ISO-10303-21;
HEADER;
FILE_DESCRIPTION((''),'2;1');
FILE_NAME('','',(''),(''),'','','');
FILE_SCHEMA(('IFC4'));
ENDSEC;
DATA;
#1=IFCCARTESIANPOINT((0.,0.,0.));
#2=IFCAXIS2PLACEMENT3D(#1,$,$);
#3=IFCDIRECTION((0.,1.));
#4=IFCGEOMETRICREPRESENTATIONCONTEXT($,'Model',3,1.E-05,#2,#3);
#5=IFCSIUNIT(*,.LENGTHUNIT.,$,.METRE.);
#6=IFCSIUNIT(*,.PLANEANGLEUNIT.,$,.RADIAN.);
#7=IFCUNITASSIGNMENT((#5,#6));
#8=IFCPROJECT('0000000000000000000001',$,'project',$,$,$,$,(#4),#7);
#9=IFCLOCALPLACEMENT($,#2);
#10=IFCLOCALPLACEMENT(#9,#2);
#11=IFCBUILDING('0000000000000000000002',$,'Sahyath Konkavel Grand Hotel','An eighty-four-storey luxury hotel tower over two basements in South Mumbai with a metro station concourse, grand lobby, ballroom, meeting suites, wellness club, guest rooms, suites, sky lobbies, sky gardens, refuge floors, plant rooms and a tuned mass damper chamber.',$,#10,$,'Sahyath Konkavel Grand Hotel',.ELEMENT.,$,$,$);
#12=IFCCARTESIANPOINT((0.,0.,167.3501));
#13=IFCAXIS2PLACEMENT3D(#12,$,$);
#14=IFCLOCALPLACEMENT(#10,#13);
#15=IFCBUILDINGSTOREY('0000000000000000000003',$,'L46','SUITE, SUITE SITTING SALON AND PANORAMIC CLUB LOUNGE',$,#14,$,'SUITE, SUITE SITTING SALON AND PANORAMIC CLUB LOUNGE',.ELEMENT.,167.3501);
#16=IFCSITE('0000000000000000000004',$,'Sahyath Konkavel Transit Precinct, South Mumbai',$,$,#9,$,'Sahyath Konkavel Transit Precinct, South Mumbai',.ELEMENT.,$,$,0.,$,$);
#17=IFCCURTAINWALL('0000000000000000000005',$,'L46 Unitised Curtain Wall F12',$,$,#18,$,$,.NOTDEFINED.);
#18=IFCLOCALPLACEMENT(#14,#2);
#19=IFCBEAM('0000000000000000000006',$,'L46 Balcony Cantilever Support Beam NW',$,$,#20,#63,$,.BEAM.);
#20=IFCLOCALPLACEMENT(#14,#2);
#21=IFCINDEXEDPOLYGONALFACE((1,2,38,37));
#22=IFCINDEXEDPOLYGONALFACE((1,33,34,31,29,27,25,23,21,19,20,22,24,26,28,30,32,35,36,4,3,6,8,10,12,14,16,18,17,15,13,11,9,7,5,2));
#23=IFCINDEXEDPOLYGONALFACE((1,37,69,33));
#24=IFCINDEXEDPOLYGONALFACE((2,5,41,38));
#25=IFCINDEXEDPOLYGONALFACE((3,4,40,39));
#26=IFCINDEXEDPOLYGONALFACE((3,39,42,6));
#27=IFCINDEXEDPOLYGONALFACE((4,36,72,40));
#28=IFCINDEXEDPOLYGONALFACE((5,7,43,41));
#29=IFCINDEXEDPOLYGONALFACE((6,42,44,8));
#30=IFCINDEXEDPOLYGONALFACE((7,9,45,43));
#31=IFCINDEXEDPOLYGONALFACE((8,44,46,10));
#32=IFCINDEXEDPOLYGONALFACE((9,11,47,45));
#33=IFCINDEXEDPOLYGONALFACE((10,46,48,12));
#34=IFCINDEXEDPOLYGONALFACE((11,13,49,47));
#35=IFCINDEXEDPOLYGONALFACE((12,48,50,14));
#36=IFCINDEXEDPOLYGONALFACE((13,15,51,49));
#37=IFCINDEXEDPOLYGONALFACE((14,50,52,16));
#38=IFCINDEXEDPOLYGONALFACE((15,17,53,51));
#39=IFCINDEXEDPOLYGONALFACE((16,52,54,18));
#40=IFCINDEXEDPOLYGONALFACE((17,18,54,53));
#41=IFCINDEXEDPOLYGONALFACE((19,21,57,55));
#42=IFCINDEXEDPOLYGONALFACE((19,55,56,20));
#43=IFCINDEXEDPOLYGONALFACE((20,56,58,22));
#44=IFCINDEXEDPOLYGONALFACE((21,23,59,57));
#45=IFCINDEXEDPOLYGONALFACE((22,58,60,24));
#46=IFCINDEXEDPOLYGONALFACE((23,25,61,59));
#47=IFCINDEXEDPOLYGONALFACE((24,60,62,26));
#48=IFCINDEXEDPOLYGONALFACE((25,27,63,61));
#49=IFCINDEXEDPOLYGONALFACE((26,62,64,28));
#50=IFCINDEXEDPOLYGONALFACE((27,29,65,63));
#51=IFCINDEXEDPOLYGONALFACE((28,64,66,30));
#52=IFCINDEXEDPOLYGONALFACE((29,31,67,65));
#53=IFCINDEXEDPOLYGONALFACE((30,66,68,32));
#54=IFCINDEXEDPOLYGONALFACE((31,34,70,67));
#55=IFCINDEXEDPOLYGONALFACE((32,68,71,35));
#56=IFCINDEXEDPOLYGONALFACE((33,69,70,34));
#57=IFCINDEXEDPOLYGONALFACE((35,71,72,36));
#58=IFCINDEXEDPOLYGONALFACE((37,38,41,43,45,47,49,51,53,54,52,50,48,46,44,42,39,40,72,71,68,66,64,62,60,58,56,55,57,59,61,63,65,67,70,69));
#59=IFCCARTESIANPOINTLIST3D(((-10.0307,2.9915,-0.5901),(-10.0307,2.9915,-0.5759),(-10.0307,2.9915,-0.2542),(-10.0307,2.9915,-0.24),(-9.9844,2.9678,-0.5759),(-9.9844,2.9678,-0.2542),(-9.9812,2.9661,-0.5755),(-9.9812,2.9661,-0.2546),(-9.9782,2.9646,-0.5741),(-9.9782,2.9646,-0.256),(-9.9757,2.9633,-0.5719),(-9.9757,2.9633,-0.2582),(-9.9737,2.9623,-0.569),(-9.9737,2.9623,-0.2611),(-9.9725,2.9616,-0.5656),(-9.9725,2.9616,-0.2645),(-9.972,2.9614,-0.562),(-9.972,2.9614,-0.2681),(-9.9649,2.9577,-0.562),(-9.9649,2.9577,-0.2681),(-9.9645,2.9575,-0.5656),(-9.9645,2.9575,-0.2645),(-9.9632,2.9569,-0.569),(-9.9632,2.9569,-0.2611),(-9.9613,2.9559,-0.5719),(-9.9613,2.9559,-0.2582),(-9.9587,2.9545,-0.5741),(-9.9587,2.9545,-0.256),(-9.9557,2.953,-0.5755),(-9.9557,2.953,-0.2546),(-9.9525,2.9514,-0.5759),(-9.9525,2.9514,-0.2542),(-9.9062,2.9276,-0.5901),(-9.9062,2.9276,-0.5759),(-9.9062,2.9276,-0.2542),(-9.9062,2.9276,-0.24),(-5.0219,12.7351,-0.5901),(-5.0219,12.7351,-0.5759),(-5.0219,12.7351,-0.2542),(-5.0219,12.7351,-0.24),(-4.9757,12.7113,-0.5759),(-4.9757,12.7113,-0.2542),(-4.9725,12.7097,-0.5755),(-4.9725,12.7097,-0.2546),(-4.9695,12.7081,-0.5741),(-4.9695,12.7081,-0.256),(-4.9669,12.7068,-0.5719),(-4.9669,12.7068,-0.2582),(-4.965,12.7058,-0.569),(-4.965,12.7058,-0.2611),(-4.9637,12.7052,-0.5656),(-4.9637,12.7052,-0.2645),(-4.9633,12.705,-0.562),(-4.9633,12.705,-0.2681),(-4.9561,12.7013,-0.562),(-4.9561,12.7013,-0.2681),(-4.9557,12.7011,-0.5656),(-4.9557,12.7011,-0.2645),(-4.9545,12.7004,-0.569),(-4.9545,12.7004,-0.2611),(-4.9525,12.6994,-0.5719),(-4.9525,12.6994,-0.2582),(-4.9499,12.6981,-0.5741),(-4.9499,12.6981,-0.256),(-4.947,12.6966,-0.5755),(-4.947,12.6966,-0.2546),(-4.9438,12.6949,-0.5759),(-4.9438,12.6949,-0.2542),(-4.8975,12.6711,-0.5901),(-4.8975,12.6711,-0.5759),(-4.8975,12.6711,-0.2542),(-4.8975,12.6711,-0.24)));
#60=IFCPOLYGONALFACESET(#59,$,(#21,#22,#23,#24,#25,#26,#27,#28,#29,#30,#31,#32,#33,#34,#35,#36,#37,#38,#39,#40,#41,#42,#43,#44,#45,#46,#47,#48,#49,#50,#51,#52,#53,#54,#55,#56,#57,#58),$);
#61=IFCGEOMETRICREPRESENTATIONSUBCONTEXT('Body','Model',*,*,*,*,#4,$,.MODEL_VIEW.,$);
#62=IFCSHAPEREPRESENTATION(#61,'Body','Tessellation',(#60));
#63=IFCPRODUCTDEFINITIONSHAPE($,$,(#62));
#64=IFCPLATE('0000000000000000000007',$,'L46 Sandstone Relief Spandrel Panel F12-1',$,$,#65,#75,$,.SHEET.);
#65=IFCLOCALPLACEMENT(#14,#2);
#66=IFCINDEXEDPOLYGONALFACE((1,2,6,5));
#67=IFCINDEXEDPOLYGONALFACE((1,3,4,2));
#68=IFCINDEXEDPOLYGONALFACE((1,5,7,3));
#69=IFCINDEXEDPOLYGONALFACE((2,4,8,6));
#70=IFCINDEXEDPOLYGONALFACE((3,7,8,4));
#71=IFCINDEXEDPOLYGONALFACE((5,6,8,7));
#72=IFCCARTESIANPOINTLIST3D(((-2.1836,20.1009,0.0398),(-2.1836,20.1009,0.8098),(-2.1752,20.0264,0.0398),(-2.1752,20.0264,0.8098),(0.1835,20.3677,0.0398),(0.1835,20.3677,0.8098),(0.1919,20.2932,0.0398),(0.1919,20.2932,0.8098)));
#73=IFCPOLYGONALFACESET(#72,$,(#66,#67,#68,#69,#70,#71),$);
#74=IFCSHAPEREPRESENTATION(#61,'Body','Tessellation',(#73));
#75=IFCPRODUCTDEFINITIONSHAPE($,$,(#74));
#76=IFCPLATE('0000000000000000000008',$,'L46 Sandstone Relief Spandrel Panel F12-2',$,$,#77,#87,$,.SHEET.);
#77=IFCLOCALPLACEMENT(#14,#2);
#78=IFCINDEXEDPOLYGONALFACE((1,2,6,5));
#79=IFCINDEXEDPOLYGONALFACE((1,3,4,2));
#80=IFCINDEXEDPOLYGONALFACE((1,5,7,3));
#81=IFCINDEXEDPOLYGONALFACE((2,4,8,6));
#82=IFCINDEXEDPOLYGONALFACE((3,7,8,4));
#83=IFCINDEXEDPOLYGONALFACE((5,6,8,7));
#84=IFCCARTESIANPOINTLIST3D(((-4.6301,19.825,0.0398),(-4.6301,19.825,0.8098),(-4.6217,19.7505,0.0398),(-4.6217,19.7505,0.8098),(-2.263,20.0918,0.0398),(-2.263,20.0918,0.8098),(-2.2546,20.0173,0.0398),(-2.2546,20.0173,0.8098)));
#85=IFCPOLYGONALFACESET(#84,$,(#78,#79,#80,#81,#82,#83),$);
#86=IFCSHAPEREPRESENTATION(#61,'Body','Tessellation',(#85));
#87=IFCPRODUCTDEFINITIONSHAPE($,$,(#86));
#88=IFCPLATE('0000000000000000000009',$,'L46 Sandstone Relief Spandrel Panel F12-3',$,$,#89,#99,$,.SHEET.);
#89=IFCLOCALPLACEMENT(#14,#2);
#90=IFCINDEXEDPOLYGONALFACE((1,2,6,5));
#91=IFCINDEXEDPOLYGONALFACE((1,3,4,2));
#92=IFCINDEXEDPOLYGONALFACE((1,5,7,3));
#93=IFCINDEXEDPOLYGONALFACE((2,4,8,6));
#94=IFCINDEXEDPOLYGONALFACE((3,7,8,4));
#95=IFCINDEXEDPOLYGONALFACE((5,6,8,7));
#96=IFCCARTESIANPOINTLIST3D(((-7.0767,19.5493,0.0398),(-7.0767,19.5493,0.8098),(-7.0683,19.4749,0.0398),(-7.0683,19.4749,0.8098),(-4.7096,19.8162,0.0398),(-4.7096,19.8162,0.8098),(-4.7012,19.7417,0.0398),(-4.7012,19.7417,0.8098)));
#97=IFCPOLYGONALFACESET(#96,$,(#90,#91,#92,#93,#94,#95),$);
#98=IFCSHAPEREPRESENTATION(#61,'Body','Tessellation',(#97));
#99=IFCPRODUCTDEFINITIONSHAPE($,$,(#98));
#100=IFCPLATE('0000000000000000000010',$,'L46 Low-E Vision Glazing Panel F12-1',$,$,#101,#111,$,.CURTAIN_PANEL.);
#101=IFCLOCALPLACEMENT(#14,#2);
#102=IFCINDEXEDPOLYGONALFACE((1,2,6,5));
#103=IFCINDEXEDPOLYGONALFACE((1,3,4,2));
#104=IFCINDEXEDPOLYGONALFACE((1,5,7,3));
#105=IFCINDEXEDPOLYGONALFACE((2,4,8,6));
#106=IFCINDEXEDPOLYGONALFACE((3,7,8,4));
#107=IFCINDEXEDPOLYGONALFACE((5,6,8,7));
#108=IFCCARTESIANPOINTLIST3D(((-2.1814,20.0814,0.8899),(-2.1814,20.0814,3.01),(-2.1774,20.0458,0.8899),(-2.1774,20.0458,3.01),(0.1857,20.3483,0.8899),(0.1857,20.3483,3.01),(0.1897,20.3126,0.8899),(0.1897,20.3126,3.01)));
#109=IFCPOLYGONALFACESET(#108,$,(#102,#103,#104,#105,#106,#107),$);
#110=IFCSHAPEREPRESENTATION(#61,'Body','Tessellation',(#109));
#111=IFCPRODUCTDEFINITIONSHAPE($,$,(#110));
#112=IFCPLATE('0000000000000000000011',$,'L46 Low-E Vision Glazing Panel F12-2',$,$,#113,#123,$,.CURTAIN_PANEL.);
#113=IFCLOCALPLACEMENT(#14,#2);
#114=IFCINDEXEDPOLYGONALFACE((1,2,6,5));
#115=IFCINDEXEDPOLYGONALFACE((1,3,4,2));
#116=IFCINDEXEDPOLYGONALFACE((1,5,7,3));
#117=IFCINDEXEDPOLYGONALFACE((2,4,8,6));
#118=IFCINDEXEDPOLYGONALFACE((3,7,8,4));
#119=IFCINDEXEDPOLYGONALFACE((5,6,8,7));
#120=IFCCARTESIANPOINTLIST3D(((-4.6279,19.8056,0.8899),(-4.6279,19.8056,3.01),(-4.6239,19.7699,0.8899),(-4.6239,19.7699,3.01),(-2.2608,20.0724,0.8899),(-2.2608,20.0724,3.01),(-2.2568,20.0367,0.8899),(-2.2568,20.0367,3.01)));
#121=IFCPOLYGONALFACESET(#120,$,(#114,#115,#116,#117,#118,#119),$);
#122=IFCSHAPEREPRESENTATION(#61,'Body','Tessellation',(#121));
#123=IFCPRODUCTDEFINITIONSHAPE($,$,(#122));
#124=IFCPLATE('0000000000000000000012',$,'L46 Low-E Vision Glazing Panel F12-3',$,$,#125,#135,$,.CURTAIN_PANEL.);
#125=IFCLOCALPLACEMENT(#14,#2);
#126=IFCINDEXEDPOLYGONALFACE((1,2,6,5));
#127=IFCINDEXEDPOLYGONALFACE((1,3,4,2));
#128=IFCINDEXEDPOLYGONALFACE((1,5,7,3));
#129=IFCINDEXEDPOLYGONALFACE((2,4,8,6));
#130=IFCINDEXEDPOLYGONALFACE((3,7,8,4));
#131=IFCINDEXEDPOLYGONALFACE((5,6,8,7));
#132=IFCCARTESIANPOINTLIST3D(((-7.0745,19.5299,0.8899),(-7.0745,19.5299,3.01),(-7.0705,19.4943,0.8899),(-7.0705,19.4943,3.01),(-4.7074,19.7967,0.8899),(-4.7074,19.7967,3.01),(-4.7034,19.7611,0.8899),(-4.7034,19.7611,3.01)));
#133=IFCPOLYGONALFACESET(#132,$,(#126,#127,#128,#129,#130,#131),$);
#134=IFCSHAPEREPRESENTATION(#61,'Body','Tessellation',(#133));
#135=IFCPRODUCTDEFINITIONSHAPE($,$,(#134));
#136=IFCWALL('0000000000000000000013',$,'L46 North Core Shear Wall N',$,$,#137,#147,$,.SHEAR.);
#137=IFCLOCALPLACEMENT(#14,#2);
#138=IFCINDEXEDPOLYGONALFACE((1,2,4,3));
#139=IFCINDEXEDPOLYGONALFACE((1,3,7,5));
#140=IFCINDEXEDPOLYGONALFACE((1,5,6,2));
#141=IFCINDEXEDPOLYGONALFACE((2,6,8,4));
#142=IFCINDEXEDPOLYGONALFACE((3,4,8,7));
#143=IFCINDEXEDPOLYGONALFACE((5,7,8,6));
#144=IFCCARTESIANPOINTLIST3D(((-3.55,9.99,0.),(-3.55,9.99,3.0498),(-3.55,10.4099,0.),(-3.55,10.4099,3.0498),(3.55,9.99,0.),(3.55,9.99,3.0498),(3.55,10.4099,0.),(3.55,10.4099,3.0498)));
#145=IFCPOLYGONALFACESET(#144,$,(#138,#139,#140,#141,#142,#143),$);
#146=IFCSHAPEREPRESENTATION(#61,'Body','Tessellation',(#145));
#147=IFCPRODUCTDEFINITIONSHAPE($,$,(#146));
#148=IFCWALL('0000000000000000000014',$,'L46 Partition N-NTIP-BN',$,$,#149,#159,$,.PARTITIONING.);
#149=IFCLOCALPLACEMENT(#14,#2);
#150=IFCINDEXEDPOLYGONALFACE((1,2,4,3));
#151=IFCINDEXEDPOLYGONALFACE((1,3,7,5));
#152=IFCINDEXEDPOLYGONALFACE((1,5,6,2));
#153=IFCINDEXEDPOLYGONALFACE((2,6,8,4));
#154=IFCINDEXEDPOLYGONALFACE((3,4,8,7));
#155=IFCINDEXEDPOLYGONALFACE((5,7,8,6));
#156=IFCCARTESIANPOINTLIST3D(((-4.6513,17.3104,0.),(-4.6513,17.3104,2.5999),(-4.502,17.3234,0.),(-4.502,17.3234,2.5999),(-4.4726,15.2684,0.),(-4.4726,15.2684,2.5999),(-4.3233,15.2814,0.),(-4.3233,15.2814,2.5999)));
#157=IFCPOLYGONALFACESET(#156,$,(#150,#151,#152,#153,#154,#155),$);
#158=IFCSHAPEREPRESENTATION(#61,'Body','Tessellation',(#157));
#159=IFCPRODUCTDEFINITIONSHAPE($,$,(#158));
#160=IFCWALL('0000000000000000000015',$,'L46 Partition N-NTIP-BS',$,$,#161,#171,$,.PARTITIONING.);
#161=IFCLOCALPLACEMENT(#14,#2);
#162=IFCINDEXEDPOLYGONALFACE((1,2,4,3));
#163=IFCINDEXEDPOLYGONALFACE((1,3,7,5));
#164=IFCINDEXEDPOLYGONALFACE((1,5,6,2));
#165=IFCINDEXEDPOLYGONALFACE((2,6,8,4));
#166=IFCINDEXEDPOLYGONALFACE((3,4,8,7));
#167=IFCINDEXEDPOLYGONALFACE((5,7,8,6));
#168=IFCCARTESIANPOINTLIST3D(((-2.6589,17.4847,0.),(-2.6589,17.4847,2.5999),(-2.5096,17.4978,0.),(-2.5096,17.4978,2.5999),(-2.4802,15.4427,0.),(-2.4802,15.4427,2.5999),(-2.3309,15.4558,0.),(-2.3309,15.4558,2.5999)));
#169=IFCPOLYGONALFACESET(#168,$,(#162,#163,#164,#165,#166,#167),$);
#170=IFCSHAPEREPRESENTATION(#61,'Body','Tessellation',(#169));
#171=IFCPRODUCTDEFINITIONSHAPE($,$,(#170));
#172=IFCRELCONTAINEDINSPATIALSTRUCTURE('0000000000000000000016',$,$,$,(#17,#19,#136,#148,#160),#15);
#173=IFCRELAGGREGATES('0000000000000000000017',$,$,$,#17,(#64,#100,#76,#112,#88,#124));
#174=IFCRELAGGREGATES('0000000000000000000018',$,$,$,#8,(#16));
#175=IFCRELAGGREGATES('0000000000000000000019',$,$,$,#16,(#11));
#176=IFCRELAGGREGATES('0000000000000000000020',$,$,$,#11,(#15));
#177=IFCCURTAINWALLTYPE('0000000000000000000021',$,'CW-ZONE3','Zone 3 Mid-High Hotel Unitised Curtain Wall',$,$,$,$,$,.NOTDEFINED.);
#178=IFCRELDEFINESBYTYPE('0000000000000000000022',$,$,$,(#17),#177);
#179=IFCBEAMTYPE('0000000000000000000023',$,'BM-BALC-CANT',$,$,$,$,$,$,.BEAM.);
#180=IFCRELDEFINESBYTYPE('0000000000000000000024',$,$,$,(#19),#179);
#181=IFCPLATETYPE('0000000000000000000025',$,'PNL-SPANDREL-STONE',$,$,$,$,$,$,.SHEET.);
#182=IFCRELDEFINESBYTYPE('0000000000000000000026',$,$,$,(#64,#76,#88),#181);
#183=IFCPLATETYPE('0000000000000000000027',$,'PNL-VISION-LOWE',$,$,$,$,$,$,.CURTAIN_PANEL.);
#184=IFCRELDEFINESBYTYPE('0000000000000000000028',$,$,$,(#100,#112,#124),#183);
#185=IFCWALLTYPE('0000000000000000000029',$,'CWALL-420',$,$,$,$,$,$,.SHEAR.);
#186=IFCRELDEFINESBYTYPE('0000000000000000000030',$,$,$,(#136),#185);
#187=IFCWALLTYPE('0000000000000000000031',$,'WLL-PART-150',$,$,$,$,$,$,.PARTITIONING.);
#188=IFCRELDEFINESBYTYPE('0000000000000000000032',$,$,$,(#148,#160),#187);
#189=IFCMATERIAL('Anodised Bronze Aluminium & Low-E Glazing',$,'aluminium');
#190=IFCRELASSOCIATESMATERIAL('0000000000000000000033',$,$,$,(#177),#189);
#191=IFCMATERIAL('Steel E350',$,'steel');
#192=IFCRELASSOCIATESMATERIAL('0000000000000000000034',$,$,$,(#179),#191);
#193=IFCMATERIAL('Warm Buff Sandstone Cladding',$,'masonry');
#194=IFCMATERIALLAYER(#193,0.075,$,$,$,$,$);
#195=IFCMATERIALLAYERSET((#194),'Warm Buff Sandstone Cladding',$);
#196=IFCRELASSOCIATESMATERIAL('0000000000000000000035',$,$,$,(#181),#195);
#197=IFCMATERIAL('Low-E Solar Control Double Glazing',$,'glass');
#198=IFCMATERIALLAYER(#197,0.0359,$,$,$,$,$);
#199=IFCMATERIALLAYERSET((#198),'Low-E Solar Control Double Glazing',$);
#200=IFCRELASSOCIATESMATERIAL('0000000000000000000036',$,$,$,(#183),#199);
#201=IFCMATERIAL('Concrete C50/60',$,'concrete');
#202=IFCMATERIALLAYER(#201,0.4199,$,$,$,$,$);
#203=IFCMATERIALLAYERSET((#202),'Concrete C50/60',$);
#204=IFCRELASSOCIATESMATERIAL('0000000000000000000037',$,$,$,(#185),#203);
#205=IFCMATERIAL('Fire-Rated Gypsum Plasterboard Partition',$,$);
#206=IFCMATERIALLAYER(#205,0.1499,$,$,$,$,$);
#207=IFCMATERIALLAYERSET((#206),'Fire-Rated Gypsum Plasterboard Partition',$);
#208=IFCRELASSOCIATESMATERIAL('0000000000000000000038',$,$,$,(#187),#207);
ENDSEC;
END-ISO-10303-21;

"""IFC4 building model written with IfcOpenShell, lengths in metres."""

from ifc_helpers import new_model, si_unit, direction, frame, frame_2d, origin, origin_2d, place, context, subcontext, project, spatial, rectangle, i_section, extrude, source, transform, mapped, material, layer, layer_set, material_profile, profile_set, type_object, element, aggregate, save


model = new_model("IFC4")

# Units and contexts
model_context = context("Model", 3, precision=1e-05, world=origin(), true_north=direction((0.0, 1.0)))
body_context = subcontext(model_context, "Body", "Model", "MODEL_VIEW")
ifc_project = project(units=[si_unit("LENGTHUNIT", "METRE"), si_unit("PLANEANGLEUNIT", "RADIAN")], contexts=[model_context])

# Site, building, storey
site_placement = place(None, origin())
site = spatial("IfcSite", under=ifc_project, at=site_placement, Name="Sahyath Konkavel Transit Precinct, South Mumbai", LongName="Sahyath Konkavel Transit Precinct, South Mumbai", CompositionType="ELEMENT", RefElevation=0.0)
building_placement = place(site_placement, origin())
building = spatial("IfcBuilding", under=site, at=building_placement, Name="Sahyath Konkavel Grand Hotel", Description="An eighty-four-storey luxury hotel tower over two basements in South Mumbai with a metro station concourse, grand lobby, ballroom, meeting suites, wellness club, guest rooms, suites, sky lobbies, sky gardens, refuge floors, plant rooms and a tuned mass damper chamber.", LongName="Sahyath Konkavel Grand Hotel", CompositionType="ELEMENT")
storey_placement = place(building_placement, frame((0.0, 0.0, 167.3501)))
storey = spatial("IfcBuildingStorey", under=building, at=storey_placement, Name="L46", Description="SUITE, SUITE SITTING SALON AND PANORAMIC CLUB LOUNGE", LongName="SUITE, SUITE SITTING SALON AND PANORAMIC CLUB LOUNGE", CompositionType="ELEMENT", Elevation=167.3501)

# Shared definitions
ifc_material_1 = material(Name="Concrete C50/60", Category="concrete")

# Shared definitions
ifc_material_2 = material(Name="Steel E350", Category="steel")

# Curtain wall
ifc_material_3 = material(Name="Anodised Bronze Aluminium & Low-E Glazing", Category="aluminium")
curtain_wall_type = type_object("IfcCurtainWallType", Name="CW-ZONE3", Description="Zone 3 Mid-High Hotel Unitised Curtain Wall", PredefinedType="NOTDEFINED", material=ifc_material_3)
curtain_wall_placement = place(storey_placement, origin())
curtain_wall = element("IfcCurtainWall", 1, at=curtain_wall_placement, inside=storey, type_object=curtain_wall_type, Name="L46 Unitised Curtain Wall F12", PredefinedType="NOTDEFINED")

# Beam
ifc_material_profile_1 = material_profile(ifc_material_2, i_section(OverallWidth=0.1399, OverallDepth=0.3501, WebThickness=0.0081, FlangeThickness=0.0142, FilletRadius=0.0139, at=origin_2d()), Name="ISMB 350")
ifc_profile_set_1 = profile_set([ifc_material_profile_1], Name="Steel E350")
beam_type_1 = type_object("IfcBeamType", Name="BM-BALC-CANT", PredefinedType="BEAM", material=ifc_profile_set_1)
shared_shape_1 = source(origin(), body_context, "Body", "SweptSolid", [
    extrude(i_section(OverallWidth=0.1399, OverallDepth=0.3501, WebThickness=0.0081, FlangeThickness=0.0142, FilletRadius=0.0139, at=origin_2d()), origin(), (0.0, 0.0, 1.0), 10.9556),
])
beam_1_placement = place(storey_placement, frame((-4.9597, 12.7031, -0.415), z_axis=(-0.457187, -0.889371, 0.0), x_axis=(0.889371, -0.457187, 0.0)))
element("IfcBeam", 2, at=beam_1_placement, inside=storey, type_object=beam_type_1, Name="L46 Balcony Cantilever Support Beam NW", PredefinedType="BEAM", context=body_context, shape_type="MappedRepresentation", body=[
    mapped(shared_shape_1, transform((0.0, 0.0, 0.0), scale=1.0)),
])

# Plates
ifc_material_4 = material(Name="Warm Buff Sandstone Cladding", Category="masonry")
ifc_layer_1 = layer(ifc_material_4, 0.075)
ifc_layer_set_1 = layer_set([ifc_layer_1], Name="Warm Buff Sandstone Cladding")
plate_type_1 = type_object("IfcPlateType", Name="PNL-SPANDREL-STONE", PredefinedType="SHEET", material=ifc_layer_set_1)
shared_shape_2 = source(origin(), body_context, "Body", "SweptSolid", [
    extrude(rectangle(XDim=2.3821, YDim=0.075, at=origin_2d()), origin(), (0.0, 0.0, 1.0), 0.77),
])
plate_1_placement = place(storey_placement, frame((-0.9958, 20.197, 0.0398), z_axis=(0.0, 0.0, 1.0), x_axis=(-0.993707, -0.112007, 0.0)))
plate_1 = element("IfcPlate", 3, at=plate_1_placement, type_object=plate_type_1, Name="L46 Sandstone Relief Spandrel Panel F12-1", PredefinedType="SHEET", context=body_context, shape_type="MappedRepresentation", body=[
    mapped(shared_shape_2, transform((0.0, 0.0, 0.0), scale=1.0)),
])
plate_2_placement = place(storey_placement, frame((-3.4424, 19.9211, 0.0398), z_axis=(0.0, 0.0, 1.0), x_axis=(-0.993707, -0.112007, 0.0)))
plate_2 = element("IfcPlate", 4, at=plate_2_placement, type_object=plate_type_1, Name="L46 Sandstone Relief Spandrel Panel F12-2", PredefinedType="SHEET", context=body_context, shape_type="MappedRepresentation", body=[
    mapped(shared_shape_2, transform((0.0, 0.0, 0.0), scale=1.0)),
])
plate_3_placement = place(storey_placement, frame((-5.8889, 19.6455, 0.0398), z_axis=(0.0, 0.0, 1.0), x_axis=(-0.993707, -0.112007, 0.0)))
plate_3 = element("IfcPlate", 5, at=plate_3_placement, type_object=plate_type_1, Name="L46 Sandstone Relief Spandrel Panel F12-3", PredefinedType="SHEET", context=body_context, shape_type="MappedRepresentation", body=[
    mapped(shared_shape_2, transform((0.0, 0.0, 0.0), scale=1.0)),
])
ifc_material_5 = material(Name="Low-E Solar Control Double Glazing", Category="glass")
ifc_layer_2 = layer(ifc_material_5, 0.0359)
ifc_layer_set_2 = layer_set([ifc_layer_2], Name="Low-E Solar Control Double Glazing")
plate_type_2 = type_object("IfcPlateType", Name="PNL-VISION-LOWE", PredefinedType="CURTAIN_PANEL", material=ifc_layer_set_2)
shared_shape_3 = source(origin(), body_context, "Body", "SweptSolid", [
    extrude(rectangle(XDim=2.3821, YDim=0.0359, at=origin_2d()), origin(), (0.0, 0.0, 1.0), 2.1201),
])
plate_4_placement = place(storey_placement, frame((-0.9958, 20.197, 0.8899), z_axis=(0.0, 0.0, 1.0), x_axis=(-0.993707, -0.112007, 0.0)))
plate_4 = element("IfcPlate", 6, at=plate_4_placement, type_object=plate_type_2, Name="L46 Low-E Vision Glazing Panel F12-1", PredefinedType="CURTAIN_PANEL", context=body_context, shape_type="MappedRepresentation", body=[
    mapped(shared_shape_3, transform((0.0, 0.0, 0.0), scale=1.0)),
])
plate_5_placement = place(storey_placement, frame((-3.4424, 19.9211, 0.8899), z_axis=(0.0, 0.0, 1.0), x_axis=(-0.993707, -0.112007, 0.0)))
plate_5 = element("IfcPlate", 7, at=plate_5_placement, type_object=plate_type_2, Name="L46 Low-E Vision Glazing Panel F12-2", PredefinedType="CURTAIN_PANEL", context=body_context, shape_type="MappedRepresentation", body=[
    mapped(shared_shape_3, transform((0.0, 0.0, 0.0), scale=1.0)),
])
plate_6_placement = place(storey_placement, frame((-5.8889, 19.6455, 0.8899), z_axis=(0.0, 0.0, 1.0), x_axis=(-0.993707, -0.112007, 0.0)))
plate_6 = element("IfcPlate", 8, at=plate_6_placement, type_object=plate_type_2, Name="L46 Low-E Vision Glazing Panel F12-3", PredefinedType="CURTAIN_PANEL", context=body_context, shape_type="MappedRepresentation", body=[
    mapped(shared_shape_3, transform((0.0, 0.0, 0.0), scale=1.0)),
])
aggregate(curtain_wall, [plate_1, plate_4, plate_2, plate_5, plate_3, plate_6])

# Walls
ifc_layer_3 = layer(ifc_material_1, 0.4199)
ifc_layer_set_3 = layer_set([ifc_layer_3], Name="Concrete C50/60")
wall_type_1 = type_object("IfcWallType", Name="CWALL-420", PredefinedType="SHEAR", material=ifc_layer_set_3)
wall_1_placement = place(storey_placement, frame((-3.55, 10.2, 0.0), z_axis=(0.0, 0.0, 1.0), x_axis=(1.0, 0.0, 0.0)))
element("IfcWall", 9, at=wall_1_placement, inside=storey, type_object=wall_type_1, Name="L46 North Core Shear Wall N", PredefinedType="SHEAR", context=body_context, shape_type="SweptSolid", body=[
    extrude(rectangle(XDim=7.1001, YDim=0.4199, at=frame_2d((3.55, 0.0))), origin(), (0.0, 0.0, 1.0), 3.0498),
])
ifc_material_6 = material(Name="Fire-Rated Gypsum Plasterboard Partition")
ifc_layer_4 = layer(ifc_material_6, 0.1499)
ifc_layer_set_4 = layer_set([ifc_layer_4], Name="Fire-Rated Gypsum Plasterboard Partition")
wall_type_2 = type_object("IfcWallType", Name="WLL-PART-150", PredefinedType="PARTITIONING", material=ifc_layer_set_4)
for number, where, z_axis, x_axis, name in (
    (10, (-4.3979, 15.2749, 0.0), (0.0, 0.0, 1.0), (-0.087185, 0.996192, 0.0), "L46 Partition N-NTIP-BN"),
    (11, (-2.4055, 15.4492, 0.0), (0.0, 0.0, 1.0), (-0.087185, 0.996192, 0.0), "L46 Partition N-NTIP-BS"),
):
    element("IfcWall", number, at=place(storey_placement, frame(where, z_axis=z_axis, x_axis=x_axis)), inside=storey, type_object=wall_type_2, Name=name, PredefinedType="PARTITIONING", context=body_context, shape_type="SweptSolid", body=[
        extrude(rectangle(XDim=2.0498, YDim=0.1499, at=frame_2d((1.0249, 0.0))), origin(), (0.0, 0.0, 1.0), 2.5999),
    ])

save(model, "model.ifc")
